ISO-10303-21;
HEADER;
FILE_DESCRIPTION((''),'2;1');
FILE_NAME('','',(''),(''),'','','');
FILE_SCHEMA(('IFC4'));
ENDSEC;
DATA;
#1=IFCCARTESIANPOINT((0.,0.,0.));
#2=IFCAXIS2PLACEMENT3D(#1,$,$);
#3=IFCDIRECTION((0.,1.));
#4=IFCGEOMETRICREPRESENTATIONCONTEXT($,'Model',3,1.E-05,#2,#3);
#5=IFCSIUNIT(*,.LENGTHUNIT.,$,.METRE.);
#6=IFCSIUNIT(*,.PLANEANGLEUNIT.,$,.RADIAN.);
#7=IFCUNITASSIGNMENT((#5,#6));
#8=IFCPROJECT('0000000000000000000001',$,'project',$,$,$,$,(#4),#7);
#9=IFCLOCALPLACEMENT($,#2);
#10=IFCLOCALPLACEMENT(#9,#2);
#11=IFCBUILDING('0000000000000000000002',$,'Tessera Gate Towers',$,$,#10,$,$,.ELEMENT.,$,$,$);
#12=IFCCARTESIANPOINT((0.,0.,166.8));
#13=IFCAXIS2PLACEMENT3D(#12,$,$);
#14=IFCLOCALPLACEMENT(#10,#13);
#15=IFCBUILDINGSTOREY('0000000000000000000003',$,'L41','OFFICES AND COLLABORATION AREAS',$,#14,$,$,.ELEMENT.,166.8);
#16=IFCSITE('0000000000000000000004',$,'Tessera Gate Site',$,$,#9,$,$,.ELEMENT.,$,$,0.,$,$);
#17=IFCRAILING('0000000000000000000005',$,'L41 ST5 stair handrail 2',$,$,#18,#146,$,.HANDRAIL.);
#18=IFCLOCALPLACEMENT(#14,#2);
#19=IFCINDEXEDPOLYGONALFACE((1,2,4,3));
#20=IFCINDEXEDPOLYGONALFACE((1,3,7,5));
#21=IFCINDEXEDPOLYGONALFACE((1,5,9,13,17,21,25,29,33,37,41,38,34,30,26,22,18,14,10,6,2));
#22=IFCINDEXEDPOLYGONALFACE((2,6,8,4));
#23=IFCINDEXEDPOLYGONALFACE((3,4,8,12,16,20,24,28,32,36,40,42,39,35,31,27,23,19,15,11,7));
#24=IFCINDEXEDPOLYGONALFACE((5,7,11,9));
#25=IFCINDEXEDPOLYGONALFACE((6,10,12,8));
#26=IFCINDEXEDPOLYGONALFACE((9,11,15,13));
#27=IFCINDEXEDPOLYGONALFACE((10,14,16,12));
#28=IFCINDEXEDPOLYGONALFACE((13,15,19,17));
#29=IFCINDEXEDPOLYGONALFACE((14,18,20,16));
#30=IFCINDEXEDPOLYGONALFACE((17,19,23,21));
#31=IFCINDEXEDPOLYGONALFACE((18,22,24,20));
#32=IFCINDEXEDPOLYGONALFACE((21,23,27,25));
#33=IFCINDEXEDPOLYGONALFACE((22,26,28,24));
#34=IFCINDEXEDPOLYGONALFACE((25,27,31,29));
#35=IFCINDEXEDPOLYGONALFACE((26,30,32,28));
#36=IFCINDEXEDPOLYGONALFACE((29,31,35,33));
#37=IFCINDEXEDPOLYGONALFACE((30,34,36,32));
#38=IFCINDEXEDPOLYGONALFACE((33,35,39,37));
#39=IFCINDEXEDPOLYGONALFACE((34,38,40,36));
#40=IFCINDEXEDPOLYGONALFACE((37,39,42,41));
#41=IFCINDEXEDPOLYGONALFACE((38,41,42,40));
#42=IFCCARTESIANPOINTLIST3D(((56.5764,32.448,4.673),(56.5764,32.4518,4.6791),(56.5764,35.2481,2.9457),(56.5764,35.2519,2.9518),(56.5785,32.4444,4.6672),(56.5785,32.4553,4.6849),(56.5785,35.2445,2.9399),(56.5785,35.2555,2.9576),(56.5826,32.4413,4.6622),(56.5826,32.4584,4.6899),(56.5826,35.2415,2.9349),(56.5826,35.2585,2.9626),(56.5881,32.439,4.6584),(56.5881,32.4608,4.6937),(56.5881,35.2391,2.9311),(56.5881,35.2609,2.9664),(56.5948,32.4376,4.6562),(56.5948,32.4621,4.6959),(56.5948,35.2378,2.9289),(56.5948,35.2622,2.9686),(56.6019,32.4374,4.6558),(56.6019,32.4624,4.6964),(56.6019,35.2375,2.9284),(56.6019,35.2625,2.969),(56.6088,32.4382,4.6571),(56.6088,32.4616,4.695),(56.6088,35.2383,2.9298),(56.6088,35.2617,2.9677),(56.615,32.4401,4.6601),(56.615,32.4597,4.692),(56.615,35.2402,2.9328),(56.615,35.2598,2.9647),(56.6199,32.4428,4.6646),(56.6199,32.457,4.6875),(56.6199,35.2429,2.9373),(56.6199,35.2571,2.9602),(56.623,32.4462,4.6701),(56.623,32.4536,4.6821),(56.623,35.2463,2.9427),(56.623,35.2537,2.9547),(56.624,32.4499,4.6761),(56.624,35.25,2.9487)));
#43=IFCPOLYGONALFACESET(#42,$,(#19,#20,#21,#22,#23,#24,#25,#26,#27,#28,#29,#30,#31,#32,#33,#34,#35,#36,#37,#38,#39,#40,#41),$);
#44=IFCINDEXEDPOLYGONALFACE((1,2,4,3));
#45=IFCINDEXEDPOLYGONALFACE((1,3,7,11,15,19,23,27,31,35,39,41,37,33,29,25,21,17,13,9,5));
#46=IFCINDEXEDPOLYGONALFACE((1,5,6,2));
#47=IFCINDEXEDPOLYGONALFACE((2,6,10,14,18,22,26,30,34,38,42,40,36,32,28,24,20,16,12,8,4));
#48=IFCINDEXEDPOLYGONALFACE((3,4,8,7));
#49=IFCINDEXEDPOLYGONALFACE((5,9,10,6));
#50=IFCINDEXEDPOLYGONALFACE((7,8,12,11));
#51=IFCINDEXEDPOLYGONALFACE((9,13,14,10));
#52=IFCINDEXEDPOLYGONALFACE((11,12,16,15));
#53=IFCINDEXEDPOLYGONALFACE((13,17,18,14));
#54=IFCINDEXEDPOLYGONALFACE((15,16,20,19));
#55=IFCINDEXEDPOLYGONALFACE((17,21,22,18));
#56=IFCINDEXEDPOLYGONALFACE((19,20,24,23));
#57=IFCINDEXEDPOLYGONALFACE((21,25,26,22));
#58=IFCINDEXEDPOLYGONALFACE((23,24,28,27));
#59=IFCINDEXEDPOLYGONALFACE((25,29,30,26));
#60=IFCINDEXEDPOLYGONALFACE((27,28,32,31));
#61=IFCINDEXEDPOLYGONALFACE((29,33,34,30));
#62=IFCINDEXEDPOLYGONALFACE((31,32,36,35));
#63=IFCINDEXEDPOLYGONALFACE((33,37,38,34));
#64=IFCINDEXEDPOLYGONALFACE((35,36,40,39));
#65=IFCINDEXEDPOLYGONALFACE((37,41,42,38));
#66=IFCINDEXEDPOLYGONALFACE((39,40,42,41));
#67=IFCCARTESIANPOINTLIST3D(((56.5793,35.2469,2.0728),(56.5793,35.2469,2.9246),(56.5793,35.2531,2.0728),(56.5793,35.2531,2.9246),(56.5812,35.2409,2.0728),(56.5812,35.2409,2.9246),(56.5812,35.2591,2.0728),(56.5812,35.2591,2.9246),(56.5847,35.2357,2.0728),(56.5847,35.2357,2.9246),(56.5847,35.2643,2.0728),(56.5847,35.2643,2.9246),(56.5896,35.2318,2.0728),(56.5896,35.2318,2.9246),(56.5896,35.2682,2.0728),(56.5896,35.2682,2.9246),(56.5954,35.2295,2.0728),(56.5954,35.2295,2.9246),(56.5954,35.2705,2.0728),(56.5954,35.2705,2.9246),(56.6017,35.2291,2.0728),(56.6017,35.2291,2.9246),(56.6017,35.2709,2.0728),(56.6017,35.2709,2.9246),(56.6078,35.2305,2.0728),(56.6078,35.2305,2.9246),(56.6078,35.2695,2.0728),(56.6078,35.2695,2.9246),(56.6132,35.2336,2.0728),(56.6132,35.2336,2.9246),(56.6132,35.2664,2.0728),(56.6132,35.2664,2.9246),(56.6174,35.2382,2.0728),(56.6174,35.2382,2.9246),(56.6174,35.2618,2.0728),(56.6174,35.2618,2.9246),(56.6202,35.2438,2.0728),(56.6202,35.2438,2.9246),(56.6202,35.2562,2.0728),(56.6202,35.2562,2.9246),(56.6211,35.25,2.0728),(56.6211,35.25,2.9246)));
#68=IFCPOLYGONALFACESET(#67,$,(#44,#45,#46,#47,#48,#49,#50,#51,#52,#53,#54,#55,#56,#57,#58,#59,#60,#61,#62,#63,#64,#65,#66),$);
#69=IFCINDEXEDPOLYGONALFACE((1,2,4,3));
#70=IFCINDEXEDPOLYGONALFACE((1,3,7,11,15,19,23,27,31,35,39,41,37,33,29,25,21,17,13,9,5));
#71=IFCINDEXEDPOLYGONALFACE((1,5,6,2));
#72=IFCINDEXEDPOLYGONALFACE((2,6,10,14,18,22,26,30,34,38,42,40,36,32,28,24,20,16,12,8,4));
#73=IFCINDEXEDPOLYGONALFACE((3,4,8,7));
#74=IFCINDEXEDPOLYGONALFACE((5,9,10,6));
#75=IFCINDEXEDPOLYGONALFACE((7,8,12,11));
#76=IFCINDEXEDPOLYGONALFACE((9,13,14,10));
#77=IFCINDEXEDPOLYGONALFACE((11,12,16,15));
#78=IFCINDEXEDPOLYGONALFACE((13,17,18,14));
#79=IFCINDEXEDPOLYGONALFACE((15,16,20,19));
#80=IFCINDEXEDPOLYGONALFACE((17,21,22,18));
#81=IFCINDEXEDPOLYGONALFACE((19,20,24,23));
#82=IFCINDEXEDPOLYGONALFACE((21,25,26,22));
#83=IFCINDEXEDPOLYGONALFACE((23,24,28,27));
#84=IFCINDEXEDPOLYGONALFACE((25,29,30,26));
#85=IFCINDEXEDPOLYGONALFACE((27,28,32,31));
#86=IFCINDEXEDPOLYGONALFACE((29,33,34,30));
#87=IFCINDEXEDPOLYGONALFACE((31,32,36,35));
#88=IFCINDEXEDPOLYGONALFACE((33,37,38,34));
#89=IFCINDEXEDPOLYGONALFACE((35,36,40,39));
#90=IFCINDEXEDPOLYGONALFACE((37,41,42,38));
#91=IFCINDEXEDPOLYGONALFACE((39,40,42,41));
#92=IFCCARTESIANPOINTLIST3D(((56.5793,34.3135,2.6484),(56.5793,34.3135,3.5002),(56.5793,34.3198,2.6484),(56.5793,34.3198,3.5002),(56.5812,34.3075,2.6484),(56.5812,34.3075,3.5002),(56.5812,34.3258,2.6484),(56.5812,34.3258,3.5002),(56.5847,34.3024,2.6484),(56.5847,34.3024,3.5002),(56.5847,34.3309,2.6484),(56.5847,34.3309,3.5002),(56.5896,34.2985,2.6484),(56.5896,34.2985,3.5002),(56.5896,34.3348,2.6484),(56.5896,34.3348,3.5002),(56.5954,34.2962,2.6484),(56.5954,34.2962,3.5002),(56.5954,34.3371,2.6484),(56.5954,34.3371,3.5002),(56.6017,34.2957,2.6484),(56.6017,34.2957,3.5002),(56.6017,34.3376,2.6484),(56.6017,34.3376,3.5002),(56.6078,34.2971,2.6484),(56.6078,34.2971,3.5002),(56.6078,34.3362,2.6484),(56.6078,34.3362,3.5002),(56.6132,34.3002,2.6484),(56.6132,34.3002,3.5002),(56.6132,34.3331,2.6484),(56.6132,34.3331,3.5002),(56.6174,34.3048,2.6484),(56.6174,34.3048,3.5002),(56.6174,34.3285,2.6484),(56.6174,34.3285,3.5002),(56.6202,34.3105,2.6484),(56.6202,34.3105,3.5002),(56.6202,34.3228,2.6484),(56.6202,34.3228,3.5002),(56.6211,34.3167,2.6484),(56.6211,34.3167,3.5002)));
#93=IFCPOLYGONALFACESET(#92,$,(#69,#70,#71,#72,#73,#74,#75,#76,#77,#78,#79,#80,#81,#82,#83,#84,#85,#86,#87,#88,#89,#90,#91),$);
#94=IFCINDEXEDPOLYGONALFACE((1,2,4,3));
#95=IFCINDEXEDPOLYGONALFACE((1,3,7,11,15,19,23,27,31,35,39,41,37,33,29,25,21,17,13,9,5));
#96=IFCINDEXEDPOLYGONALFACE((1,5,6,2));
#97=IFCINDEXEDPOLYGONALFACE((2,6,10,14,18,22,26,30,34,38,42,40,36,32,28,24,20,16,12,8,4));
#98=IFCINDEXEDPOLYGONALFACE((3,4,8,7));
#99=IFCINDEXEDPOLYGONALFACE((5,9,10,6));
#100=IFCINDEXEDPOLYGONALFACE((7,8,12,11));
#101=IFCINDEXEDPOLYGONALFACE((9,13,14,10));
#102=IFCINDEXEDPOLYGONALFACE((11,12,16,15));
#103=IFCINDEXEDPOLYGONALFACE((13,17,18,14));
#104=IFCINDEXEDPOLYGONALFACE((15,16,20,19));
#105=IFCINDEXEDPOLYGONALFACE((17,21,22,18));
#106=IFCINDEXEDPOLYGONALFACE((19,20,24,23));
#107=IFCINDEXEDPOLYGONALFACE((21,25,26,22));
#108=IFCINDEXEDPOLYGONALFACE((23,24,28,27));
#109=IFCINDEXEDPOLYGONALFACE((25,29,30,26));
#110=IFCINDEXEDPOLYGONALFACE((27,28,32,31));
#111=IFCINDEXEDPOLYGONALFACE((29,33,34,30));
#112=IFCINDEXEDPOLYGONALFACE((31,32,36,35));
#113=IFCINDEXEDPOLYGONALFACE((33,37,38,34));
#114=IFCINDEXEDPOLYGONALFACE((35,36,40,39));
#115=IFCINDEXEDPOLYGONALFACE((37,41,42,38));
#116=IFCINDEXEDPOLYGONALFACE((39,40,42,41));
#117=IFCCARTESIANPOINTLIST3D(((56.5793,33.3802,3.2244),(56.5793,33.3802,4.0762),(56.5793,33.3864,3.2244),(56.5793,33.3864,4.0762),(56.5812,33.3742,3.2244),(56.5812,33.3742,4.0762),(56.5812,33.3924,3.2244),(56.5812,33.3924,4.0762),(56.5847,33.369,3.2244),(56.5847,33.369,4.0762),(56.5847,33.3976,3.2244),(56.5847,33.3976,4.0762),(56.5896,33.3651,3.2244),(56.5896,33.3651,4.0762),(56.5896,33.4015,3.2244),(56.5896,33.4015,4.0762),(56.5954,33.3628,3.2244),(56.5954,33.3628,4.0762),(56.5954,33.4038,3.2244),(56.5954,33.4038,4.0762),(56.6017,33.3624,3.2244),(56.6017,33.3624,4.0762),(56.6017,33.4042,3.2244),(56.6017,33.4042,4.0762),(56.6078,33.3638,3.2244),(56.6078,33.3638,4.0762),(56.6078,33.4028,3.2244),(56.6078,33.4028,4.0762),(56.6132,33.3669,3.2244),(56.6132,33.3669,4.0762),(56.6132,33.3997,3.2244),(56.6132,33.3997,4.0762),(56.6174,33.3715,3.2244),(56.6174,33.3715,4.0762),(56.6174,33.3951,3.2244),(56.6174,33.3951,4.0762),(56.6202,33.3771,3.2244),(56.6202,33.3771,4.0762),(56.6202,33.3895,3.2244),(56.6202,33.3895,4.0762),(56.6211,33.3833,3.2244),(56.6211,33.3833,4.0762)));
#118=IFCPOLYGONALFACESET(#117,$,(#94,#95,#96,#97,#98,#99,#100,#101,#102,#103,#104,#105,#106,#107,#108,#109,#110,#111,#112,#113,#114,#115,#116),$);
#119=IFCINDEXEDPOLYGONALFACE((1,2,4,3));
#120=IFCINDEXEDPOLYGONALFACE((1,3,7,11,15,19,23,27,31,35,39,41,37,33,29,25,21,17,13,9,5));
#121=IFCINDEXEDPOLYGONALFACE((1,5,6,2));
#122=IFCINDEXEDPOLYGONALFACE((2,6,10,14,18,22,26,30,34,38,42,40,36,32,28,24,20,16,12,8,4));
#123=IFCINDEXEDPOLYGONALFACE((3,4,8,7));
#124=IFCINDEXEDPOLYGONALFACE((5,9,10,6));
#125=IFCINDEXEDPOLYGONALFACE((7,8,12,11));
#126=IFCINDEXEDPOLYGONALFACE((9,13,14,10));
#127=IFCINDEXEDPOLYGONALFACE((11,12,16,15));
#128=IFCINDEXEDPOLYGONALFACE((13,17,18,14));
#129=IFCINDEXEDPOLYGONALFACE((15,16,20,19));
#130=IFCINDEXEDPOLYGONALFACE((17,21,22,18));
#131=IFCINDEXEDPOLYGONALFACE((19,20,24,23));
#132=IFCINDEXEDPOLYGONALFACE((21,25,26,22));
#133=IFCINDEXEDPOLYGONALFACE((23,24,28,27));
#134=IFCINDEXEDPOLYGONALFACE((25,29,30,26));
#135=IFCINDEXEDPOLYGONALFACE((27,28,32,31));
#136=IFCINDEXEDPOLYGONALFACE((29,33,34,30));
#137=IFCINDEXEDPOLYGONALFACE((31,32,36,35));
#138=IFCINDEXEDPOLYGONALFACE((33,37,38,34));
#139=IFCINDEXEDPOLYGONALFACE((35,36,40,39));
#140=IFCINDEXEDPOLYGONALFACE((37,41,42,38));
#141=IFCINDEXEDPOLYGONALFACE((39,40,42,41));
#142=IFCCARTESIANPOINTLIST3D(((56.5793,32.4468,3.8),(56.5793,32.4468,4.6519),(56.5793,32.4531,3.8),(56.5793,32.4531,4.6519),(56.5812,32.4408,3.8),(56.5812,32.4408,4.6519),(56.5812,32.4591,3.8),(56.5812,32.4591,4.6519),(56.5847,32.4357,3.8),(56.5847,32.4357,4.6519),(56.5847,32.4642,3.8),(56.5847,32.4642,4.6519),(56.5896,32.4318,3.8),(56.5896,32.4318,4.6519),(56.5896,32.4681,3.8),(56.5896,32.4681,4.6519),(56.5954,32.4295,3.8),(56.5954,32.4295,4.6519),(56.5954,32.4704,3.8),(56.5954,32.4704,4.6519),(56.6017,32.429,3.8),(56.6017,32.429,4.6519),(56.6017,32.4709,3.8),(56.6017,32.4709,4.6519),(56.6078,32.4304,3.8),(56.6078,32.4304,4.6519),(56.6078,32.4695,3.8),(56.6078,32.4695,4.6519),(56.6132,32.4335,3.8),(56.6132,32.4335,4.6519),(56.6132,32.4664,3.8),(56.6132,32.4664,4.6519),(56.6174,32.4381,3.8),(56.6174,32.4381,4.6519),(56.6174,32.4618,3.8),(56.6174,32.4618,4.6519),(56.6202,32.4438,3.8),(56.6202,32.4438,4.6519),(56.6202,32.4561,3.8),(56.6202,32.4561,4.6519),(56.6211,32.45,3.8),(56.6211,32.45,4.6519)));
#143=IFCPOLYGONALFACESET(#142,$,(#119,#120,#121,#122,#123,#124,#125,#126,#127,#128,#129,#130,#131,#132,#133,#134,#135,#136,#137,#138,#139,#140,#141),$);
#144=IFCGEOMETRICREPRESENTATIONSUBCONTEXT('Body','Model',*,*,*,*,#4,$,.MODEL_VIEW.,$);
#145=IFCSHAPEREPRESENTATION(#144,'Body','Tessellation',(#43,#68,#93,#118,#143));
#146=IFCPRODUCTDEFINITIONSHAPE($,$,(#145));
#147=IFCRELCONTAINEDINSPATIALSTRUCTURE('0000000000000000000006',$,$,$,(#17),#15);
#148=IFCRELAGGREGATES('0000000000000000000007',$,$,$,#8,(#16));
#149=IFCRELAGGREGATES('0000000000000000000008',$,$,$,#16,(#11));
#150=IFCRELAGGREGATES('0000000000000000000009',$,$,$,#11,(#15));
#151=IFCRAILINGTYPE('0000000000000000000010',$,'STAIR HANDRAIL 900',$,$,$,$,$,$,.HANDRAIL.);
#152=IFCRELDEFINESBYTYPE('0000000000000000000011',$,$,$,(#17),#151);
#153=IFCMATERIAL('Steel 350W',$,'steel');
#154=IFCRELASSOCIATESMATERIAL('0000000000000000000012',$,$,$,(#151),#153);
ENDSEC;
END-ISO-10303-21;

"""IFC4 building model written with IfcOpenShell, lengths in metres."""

from ifc_helpers import new_model, si_unit, direction, frame, origin, origin_2d, place, context, subcontext, project, spatial, circle, extrude, material, type_object, element, save


model = new_model("IFC4")

# Units and contexts
model_context = context("Model", 3, precision=1e-05, world=origin(), true_north=direction((0.0, 1.0)))
body_context = subcontext(model_context, "Body", "Model", "MODEL_VIEW")
ifc_project = project(units=[si_unit("LENGTHUNIT", "METRE"), si_unit("PLANEANGLEUNIT", "RADIAN")], contexts=[model_context])

# Site, building, storey
site_placement = place(None, origin())
site = spatial("IfcSite", under=ifc_project, at=site_placement, Name="Tessera Gate Site", CompositionType="ELEMENT", RefElevation=0.0)
building_placement = place(site_placement, origin())
building = spatial("IfcBuilding", under=site, at=building_placement, Name="Tessera Gate Towers", CompositionType="ELEMENT")
storey_placement = place(building_placement, frame((0.0, 0.0, 166.8)))
storey = spatial("IfcBuildingStorey", under=building, at=storey_placement, Name="L41", Description="OFFICES AND COLLABORATION AREAS", CompositionType="ELEMENT", Elevation=166.8)

# Railing
ifc_material_1 = material(Name="Steel 350W", Category="steel")
railing_type_1 = type_object("IfcRailingType", Name="STAIR HANDRAIL 900", PredefinedType="HANDRAIL", material=ifc_material_1)
railing_1_placement = place(storey_placement, frame((56.6001, 35.25, 2.0728)))
element("IfcRailing", 1, at=railing_1_placement, inside=storey, type_object=railing_type_1, Name="L41 ST5 stair handrail 2", PredefinedType="HANDRAIL", context=body_context, shape_type="SweptSolid", body=[
    extrude(circle(Radius=0.0239, at=origin_2d()), frame((0.0, 0.0, 0.876), z_axis=(0.0, -0.85109, 0.52502), x_axis=(1.0, 0.0, 0.0)), (0.0, 0.0, 1.0), 3.29),
    extrude(circle(Radius=0.021, at=origin_2d()), origin(), (0.0, 0.0, 1.0), 0.8518),
    extrude(circle(Radius=0.021, at=origin_2d()), frame((0.0, -0.9333, 0.5757)), (0.0, 0.0, 1.0), 0.8518),
    extrude(circle(Radius=0.021, at=origin_2d()), frame((0.0, -1.8667, 1.1516)), (0.0, 0.0, 1.0), 0.8518),
    extrude(circle(Radius=0.021, at=origin_2d()), frame((0.0, -2.8, 1.7273)), (0.0, 0.0, 1.0), 0.8518),
])

save(model, "model.ifc")
